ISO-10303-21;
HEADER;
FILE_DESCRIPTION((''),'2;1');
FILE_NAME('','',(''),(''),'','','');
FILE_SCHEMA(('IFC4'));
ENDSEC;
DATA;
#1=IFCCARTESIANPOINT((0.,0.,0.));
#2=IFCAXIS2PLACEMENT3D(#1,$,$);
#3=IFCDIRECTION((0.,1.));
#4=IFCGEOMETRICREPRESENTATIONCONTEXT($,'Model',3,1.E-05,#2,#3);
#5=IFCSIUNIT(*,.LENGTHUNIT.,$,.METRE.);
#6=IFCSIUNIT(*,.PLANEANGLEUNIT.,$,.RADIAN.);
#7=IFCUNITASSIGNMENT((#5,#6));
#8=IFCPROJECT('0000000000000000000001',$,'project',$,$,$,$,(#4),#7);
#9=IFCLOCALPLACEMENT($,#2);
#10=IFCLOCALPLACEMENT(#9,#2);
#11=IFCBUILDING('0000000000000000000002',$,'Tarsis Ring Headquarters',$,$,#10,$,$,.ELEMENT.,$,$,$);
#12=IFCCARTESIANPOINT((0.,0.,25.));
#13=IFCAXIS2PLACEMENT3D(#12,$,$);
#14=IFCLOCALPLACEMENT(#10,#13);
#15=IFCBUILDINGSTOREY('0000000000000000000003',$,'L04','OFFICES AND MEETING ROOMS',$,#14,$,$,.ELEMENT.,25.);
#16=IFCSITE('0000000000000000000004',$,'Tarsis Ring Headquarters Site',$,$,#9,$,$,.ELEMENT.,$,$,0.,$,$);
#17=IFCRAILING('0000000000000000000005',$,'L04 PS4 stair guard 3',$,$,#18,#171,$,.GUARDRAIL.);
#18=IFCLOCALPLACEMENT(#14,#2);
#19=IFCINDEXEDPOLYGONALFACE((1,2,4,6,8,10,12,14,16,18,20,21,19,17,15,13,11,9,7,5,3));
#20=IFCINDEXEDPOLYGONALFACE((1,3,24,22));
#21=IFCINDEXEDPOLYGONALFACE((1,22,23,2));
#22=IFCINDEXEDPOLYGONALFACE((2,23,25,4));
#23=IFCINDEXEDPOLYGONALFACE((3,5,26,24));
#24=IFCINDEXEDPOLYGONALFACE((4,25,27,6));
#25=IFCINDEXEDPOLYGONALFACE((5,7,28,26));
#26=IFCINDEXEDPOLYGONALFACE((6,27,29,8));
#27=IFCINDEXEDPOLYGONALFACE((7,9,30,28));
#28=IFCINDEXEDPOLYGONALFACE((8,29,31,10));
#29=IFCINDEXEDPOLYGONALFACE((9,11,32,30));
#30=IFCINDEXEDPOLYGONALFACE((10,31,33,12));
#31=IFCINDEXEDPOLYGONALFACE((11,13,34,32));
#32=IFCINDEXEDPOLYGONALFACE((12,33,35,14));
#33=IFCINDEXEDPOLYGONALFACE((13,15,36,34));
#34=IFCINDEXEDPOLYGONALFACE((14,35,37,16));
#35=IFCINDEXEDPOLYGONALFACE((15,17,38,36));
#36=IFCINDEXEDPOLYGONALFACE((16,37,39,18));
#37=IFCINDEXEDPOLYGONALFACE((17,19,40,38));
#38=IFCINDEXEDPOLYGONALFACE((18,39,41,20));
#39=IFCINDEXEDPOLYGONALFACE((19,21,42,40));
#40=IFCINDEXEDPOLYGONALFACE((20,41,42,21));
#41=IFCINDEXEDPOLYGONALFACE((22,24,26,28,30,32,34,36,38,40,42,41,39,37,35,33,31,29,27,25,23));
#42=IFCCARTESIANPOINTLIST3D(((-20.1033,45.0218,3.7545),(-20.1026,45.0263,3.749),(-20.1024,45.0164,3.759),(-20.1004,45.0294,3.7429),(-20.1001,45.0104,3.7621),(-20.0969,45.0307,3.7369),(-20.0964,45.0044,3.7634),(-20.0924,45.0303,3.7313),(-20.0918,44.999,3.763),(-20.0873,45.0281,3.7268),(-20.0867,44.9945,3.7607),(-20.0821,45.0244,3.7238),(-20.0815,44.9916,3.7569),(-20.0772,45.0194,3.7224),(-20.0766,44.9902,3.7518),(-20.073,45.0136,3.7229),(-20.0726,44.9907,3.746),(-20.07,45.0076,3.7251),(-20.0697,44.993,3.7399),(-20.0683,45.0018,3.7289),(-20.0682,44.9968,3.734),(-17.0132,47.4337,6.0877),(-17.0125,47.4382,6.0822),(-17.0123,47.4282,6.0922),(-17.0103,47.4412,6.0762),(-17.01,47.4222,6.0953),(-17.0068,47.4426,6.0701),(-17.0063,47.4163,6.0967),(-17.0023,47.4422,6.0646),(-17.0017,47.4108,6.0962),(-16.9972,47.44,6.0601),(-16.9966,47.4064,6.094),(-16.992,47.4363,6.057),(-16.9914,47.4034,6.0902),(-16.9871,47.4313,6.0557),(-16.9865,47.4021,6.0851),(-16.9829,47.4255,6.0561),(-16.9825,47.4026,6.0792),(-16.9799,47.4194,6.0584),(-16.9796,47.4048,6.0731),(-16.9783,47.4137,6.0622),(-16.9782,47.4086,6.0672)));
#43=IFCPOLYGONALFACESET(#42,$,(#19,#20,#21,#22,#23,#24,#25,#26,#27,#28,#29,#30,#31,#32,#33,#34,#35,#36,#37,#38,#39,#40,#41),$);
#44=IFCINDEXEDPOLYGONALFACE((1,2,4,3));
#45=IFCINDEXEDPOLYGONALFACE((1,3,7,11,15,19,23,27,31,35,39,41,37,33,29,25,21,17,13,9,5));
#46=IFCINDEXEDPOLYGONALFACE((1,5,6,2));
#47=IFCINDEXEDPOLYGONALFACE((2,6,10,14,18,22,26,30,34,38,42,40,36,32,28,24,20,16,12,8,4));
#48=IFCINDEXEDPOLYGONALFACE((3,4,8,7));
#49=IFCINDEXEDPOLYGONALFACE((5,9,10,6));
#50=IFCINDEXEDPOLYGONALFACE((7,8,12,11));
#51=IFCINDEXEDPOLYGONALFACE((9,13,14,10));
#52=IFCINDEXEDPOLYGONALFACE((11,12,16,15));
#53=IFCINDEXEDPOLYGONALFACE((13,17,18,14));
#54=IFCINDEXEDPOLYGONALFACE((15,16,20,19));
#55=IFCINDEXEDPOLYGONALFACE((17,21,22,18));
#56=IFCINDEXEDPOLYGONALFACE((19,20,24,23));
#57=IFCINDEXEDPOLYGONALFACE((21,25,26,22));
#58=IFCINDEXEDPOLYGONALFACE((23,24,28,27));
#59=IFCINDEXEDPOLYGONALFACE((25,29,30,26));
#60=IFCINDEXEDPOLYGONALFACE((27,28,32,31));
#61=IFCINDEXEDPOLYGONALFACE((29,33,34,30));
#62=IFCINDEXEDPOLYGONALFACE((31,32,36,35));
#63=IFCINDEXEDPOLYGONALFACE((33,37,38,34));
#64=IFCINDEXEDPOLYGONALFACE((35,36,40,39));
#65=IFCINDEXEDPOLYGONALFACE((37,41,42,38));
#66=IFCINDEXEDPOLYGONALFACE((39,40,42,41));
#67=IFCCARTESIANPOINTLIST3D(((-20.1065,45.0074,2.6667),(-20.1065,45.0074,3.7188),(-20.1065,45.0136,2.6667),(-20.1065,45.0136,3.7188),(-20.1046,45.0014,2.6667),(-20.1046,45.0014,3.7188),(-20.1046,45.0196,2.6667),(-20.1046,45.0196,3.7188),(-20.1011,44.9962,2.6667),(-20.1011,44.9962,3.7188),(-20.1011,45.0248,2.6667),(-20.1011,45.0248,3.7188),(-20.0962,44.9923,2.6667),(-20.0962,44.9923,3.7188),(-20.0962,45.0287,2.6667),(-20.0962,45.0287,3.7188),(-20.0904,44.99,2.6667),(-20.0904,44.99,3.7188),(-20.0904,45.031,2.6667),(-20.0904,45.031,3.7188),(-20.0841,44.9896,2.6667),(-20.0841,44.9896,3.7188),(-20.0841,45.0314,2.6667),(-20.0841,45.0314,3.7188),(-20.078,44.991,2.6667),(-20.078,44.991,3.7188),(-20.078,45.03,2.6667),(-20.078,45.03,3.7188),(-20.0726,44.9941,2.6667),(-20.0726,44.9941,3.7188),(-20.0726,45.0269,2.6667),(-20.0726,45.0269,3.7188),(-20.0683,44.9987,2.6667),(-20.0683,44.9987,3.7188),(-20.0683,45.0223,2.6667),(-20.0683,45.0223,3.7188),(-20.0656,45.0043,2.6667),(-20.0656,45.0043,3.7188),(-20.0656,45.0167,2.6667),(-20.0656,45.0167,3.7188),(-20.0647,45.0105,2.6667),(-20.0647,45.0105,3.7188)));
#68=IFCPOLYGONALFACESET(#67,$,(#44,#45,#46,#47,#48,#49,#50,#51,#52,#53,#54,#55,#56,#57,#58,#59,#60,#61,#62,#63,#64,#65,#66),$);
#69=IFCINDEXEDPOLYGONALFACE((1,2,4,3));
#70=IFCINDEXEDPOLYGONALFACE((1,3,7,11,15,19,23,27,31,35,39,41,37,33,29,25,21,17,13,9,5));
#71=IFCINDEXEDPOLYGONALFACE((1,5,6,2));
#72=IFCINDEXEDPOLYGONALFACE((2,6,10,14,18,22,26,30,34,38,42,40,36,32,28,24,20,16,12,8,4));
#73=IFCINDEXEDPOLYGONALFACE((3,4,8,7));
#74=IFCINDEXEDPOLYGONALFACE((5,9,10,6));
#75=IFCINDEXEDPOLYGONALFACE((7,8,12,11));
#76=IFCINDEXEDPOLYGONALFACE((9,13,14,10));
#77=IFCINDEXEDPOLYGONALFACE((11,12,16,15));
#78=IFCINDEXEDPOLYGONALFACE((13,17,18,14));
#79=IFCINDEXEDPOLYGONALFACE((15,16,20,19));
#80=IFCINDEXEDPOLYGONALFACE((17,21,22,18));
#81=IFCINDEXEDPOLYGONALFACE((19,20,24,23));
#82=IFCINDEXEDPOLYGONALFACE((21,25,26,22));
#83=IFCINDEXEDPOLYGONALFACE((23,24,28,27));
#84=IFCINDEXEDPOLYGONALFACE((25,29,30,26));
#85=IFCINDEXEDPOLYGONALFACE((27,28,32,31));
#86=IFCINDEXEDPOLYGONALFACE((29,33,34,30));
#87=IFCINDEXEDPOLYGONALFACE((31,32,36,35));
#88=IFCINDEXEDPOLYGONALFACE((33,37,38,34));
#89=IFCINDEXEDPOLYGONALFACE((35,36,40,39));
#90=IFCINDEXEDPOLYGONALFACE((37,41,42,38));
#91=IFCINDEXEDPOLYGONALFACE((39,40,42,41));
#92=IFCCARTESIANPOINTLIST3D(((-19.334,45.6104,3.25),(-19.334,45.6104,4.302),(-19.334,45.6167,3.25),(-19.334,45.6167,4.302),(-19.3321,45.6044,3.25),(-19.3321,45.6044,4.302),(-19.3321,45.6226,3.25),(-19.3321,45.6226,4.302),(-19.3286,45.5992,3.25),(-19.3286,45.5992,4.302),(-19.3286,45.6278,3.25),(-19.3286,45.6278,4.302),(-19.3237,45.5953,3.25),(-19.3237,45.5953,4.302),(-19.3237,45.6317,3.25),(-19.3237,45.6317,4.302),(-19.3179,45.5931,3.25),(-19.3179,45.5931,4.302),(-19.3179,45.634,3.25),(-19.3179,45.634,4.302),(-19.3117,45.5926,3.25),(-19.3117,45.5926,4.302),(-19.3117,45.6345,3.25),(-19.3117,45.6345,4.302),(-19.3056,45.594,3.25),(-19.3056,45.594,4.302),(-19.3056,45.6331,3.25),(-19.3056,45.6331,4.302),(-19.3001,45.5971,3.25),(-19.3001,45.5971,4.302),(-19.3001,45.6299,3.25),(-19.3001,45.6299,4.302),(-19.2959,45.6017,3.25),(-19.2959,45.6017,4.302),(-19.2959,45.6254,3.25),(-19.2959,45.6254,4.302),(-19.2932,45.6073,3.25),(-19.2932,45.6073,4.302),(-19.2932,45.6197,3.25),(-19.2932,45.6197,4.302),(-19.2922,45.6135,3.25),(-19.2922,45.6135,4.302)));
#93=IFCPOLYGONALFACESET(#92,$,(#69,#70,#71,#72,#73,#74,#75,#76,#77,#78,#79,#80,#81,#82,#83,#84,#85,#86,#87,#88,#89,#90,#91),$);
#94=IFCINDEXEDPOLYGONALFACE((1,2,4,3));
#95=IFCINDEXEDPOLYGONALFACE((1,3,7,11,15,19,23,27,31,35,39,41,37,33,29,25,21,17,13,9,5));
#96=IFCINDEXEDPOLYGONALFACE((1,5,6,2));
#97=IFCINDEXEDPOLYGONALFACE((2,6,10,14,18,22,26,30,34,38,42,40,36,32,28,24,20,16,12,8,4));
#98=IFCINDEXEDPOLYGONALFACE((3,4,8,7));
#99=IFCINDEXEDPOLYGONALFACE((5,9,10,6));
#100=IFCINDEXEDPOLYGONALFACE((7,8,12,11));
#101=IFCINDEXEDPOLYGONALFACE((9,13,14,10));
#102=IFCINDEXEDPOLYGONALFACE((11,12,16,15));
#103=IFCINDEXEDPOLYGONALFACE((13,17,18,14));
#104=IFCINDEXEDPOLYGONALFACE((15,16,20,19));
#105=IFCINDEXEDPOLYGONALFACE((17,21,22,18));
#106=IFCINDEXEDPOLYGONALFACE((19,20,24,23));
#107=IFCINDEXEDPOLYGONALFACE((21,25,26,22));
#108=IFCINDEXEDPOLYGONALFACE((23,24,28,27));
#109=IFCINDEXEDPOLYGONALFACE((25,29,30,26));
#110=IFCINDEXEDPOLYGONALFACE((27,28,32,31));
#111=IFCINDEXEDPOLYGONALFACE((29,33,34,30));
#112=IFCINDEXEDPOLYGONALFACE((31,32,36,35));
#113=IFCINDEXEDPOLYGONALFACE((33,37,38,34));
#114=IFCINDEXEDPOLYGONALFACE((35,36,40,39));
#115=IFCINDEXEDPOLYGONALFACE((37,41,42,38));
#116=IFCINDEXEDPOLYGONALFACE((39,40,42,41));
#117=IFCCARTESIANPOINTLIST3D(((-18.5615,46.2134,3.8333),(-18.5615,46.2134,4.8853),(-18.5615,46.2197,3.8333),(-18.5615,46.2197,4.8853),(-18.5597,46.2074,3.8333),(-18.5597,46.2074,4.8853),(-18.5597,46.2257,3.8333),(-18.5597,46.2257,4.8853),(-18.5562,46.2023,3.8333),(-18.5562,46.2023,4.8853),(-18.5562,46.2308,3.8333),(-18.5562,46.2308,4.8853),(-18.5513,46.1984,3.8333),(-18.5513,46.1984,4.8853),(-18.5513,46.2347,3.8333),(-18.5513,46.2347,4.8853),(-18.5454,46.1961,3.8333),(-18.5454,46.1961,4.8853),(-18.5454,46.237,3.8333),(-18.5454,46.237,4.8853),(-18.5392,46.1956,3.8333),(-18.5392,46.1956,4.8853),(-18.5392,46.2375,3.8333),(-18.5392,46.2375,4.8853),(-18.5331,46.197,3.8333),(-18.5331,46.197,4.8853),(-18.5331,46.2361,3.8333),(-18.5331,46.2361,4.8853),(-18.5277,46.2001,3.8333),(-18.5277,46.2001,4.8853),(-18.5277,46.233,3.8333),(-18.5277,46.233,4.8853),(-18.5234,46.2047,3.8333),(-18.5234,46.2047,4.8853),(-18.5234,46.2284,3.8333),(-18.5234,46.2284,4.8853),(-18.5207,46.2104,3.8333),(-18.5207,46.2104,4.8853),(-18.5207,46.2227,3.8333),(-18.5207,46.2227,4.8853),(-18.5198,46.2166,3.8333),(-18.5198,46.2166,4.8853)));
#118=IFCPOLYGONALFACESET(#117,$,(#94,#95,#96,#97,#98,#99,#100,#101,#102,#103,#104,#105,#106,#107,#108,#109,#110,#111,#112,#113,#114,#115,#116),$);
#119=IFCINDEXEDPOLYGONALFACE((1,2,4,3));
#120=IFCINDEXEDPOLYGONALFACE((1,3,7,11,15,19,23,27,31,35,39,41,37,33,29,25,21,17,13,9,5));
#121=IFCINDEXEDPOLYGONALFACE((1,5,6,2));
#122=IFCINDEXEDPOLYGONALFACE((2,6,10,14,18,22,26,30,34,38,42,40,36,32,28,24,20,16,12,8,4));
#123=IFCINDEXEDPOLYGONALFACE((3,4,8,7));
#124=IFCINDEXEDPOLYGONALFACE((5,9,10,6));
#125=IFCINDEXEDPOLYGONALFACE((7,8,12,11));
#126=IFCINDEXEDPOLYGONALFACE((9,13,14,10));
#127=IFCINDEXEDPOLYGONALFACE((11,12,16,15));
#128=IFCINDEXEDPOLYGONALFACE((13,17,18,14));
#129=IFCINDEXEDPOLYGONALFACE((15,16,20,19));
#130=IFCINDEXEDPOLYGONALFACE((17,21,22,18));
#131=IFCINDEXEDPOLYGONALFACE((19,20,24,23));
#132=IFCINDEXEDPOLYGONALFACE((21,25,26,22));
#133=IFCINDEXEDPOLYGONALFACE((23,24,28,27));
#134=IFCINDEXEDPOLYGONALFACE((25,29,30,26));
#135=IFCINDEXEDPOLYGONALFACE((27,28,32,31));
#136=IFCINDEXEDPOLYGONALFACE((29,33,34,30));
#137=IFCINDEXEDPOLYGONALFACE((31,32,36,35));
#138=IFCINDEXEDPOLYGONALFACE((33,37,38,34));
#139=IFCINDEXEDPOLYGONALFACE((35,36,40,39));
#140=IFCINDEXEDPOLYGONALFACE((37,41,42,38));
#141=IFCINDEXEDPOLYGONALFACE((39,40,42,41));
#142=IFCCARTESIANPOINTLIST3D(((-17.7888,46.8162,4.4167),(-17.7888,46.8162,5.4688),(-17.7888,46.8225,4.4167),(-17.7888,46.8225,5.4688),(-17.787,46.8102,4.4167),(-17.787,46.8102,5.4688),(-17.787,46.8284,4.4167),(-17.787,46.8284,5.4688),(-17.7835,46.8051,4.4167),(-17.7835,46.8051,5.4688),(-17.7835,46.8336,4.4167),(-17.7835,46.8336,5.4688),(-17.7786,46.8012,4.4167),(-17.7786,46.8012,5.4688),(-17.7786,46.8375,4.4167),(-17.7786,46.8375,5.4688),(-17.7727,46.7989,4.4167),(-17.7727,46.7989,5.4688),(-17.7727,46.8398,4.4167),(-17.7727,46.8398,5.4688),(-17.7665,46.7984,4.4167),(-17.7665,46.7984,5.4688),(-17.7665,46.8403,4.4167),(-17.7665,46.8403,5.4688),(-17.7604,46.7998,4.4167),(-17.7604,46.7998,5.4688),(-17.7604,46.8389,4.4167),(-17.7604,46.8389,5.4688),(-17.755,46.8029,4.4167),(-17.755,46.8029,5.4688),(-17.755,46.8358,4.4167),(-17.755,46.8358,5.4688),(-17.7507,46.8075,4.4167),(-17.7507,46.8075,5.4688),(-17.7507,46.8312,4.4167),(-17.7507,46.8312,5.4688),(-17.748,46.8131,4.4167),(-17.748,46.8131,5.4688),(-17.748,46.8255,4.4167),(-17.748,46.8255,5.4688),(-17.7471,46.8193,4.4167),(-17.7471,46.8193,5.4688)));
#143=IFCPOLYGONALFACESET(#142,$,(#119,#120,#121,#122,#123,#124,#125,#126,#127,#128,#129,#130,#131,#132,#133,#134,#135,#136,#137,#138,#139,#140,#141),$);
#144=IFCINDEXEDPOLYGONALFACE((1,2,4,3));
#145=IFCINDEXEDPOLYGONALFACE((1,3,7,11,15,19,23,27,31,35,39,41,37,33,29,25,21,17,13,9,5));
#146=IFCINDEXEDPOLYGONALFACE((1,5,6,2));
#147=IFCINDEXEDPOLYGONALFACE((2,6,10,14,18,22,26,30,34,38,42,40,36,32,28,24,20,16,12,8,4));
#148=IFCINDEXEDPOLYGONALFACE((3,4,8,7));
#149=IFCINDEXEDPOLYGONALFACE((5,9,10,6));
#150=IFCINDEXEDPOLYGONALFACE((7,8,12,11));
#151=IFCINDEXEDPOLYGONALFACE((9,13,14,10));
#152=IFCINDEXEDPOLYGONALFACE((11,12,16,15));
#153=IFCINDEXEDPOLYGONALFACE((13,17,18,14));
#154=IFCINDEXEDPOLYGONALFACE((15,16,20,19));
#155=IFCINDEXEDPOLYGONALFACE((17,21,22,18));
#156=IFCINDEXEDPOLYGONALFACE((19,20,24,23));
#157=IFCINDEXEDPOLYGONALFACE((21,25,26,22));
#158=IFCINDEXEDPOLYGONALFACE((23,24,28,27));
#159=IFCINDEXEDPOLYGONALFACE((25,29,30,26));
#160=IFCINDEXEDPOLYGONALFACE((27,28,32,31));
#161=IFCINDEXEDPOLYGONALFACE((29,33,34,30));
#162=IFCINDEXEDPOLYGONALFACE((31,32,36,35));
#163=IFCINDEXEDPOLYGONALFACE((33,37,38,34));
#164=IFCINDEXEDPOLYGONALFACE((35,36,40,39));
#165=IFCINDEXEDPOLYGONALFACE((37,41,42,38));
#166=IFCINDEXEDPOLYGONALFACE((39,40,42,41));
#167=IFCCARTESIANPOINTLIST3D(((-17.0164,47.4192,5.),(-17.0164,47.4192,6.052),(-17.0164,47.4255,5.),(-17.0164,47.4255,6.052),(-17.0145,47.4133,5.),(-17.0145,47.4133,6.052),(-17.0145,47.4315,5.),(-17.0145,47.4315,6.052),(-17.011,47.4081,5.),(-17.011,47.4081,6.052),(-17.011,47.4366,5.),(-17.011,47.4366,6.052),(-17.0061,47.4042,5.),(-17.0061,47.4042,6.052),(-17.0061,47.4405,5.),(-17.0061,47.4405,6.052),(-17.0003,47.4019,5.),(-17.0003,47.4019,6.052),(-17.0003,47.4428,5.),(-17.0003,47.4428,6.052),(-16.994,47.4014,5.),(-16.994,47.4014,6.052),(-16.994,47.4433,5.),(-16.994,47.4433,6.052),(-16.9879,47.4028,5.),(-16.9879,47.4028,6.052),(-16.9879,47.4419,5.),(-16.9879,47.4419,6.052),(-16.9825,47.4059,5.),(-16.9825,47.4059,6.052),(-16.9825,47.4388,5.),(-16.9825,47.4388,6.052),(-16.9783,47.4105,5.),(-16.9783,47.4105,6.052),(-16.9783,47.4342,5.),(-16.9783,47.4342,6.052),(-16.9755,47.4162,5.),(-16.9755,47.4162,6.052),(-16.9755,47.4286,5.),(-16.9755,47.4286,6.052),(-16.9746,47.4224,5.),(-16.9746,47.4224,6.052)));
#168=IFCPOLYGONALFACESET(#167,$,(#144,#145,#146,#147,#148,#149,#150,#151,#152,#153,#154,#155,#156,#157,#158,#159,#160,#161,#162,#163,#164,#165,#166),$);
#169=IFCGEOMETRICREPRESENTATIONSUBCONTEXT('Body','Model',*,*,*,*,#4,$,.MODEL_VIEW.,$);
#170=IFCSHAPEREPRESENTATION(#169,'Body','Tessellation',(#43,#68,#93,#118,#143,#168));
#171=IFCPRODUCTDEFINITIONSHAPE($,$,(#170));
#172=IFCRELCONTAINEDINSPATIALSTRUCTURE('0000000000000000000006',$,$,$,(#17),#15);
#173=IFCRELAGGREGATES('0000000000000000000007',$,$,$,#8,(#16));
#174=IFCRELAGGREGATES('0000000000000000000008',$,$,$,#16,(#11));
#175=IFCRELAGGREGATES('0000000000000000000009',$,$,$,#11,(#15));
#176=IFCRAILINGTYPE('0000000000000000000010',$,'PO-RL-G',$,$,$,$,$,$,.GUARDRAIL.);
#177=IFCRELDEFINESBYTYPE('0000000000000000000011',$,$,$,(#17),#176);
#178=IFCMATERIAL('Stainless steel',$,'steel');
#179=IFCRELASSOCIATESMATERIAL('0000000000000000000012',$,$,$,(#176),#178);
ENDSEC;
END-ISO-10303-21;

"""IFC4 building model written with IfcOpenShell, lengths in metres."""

from ifc_helpers import new_model, si_unit, direction, frame, origin, origin_2d, place, context, subcontext, project, spatial, circle, extrude, material, type_object, element, save


model = new_model("IFC4")

# Units and contexts
model_context = context("Model", 3, precision=1e-05, world=origin(), true_north=direction((0.0, 1.0)))
body_context = subcontext(model_context, "Body", "Model", "MODEL_VIEW")
ifc_project = project(units=[si_unit("LENGTHUNIT", "METRE"), si_unit("PLANEANGLEUNIT", "RADIAN")], contexts=[model_context])

# Site, building, storey
site_placement = place(None, origin())
site = spatial("IfcSite", under=ifc_project, at=site_placement, Name="Tarsis Ring Headquarters Site", CompositionType="ELEMENT", RefElevation=0.0)
building_placement = place(site_placement, origin())
building = spatial("IfcBuilding", under=site, at=building_placement, Name="Tarsis Ring Headquarters", CompositionType="ELEMENT")
storey_placement = place(building_placement, frame((0.0, 0.0, 25.0)))
storey = spatial("IfcBuildingStorey", under=building, at=storey_placement, Name="L04", Description="OFFICES AND MEETING ROOMS", CompositionType="ELEMENT", Elevation=25.0)

# Railing
ifc_material_1 = material(Name="Stainless steel", Category="steel")
railing_type_1 = type_object("IfcRailingType", Name="PO-RL-G", PredefinedType="GUARDRAIL", material=ifc_material_1)
railing_1_placement = place(storey_placement, frame((-20.0857, 45.0105, 2.6667)))
element("IfcRailing", 1, at=railing_1_placement, inside=storey, type_object=railing_type_1, Name="L04 PS4 stair guard 3", PredefinedType="GUARDRAIL", context=body_context, shape_type="SweptSolid", body=[
    extrude(circle(Radius=0.0239, at=origin_2d()), frame((0.0, 0.0, 1.0762), z_axis=(0.677387, 0.528712, 0.511479), x_axis=(-0.615285, 0.788305, 0.0)), (0.0, 0.0, 1.0), 4.5618),
    extrude(circle(Radius=0.021, at=origin_2d()), origin(), (0.0, 0.0, 1.0), 1.052),
    extrude(circle(Radius=0.021, at=origin_2d()), frame((0.7725, 0.603, 0.5833)), (0.0, 0.0, 1.0), 1.052),
    extrude(circle(Radius=0.021, at=origin_2d()), frame((1.5449, 1.2061, 1.1665)), (0.0, 0.0, 1.0), 1.052),
    extrude(circle(Radius=0.021, at=origin_2d()), frame((2.3176, 1.8088, 1.75)), (0.0, 0.0, 1.0), 1.052),
    extrude(circle(Radius=0.021, at=origin_2d()), frame((3.0901, 2.4119, 2.3333)), (0.0, 0.0, 1.0), 1.052),
])

save(model, "model.ifc")
